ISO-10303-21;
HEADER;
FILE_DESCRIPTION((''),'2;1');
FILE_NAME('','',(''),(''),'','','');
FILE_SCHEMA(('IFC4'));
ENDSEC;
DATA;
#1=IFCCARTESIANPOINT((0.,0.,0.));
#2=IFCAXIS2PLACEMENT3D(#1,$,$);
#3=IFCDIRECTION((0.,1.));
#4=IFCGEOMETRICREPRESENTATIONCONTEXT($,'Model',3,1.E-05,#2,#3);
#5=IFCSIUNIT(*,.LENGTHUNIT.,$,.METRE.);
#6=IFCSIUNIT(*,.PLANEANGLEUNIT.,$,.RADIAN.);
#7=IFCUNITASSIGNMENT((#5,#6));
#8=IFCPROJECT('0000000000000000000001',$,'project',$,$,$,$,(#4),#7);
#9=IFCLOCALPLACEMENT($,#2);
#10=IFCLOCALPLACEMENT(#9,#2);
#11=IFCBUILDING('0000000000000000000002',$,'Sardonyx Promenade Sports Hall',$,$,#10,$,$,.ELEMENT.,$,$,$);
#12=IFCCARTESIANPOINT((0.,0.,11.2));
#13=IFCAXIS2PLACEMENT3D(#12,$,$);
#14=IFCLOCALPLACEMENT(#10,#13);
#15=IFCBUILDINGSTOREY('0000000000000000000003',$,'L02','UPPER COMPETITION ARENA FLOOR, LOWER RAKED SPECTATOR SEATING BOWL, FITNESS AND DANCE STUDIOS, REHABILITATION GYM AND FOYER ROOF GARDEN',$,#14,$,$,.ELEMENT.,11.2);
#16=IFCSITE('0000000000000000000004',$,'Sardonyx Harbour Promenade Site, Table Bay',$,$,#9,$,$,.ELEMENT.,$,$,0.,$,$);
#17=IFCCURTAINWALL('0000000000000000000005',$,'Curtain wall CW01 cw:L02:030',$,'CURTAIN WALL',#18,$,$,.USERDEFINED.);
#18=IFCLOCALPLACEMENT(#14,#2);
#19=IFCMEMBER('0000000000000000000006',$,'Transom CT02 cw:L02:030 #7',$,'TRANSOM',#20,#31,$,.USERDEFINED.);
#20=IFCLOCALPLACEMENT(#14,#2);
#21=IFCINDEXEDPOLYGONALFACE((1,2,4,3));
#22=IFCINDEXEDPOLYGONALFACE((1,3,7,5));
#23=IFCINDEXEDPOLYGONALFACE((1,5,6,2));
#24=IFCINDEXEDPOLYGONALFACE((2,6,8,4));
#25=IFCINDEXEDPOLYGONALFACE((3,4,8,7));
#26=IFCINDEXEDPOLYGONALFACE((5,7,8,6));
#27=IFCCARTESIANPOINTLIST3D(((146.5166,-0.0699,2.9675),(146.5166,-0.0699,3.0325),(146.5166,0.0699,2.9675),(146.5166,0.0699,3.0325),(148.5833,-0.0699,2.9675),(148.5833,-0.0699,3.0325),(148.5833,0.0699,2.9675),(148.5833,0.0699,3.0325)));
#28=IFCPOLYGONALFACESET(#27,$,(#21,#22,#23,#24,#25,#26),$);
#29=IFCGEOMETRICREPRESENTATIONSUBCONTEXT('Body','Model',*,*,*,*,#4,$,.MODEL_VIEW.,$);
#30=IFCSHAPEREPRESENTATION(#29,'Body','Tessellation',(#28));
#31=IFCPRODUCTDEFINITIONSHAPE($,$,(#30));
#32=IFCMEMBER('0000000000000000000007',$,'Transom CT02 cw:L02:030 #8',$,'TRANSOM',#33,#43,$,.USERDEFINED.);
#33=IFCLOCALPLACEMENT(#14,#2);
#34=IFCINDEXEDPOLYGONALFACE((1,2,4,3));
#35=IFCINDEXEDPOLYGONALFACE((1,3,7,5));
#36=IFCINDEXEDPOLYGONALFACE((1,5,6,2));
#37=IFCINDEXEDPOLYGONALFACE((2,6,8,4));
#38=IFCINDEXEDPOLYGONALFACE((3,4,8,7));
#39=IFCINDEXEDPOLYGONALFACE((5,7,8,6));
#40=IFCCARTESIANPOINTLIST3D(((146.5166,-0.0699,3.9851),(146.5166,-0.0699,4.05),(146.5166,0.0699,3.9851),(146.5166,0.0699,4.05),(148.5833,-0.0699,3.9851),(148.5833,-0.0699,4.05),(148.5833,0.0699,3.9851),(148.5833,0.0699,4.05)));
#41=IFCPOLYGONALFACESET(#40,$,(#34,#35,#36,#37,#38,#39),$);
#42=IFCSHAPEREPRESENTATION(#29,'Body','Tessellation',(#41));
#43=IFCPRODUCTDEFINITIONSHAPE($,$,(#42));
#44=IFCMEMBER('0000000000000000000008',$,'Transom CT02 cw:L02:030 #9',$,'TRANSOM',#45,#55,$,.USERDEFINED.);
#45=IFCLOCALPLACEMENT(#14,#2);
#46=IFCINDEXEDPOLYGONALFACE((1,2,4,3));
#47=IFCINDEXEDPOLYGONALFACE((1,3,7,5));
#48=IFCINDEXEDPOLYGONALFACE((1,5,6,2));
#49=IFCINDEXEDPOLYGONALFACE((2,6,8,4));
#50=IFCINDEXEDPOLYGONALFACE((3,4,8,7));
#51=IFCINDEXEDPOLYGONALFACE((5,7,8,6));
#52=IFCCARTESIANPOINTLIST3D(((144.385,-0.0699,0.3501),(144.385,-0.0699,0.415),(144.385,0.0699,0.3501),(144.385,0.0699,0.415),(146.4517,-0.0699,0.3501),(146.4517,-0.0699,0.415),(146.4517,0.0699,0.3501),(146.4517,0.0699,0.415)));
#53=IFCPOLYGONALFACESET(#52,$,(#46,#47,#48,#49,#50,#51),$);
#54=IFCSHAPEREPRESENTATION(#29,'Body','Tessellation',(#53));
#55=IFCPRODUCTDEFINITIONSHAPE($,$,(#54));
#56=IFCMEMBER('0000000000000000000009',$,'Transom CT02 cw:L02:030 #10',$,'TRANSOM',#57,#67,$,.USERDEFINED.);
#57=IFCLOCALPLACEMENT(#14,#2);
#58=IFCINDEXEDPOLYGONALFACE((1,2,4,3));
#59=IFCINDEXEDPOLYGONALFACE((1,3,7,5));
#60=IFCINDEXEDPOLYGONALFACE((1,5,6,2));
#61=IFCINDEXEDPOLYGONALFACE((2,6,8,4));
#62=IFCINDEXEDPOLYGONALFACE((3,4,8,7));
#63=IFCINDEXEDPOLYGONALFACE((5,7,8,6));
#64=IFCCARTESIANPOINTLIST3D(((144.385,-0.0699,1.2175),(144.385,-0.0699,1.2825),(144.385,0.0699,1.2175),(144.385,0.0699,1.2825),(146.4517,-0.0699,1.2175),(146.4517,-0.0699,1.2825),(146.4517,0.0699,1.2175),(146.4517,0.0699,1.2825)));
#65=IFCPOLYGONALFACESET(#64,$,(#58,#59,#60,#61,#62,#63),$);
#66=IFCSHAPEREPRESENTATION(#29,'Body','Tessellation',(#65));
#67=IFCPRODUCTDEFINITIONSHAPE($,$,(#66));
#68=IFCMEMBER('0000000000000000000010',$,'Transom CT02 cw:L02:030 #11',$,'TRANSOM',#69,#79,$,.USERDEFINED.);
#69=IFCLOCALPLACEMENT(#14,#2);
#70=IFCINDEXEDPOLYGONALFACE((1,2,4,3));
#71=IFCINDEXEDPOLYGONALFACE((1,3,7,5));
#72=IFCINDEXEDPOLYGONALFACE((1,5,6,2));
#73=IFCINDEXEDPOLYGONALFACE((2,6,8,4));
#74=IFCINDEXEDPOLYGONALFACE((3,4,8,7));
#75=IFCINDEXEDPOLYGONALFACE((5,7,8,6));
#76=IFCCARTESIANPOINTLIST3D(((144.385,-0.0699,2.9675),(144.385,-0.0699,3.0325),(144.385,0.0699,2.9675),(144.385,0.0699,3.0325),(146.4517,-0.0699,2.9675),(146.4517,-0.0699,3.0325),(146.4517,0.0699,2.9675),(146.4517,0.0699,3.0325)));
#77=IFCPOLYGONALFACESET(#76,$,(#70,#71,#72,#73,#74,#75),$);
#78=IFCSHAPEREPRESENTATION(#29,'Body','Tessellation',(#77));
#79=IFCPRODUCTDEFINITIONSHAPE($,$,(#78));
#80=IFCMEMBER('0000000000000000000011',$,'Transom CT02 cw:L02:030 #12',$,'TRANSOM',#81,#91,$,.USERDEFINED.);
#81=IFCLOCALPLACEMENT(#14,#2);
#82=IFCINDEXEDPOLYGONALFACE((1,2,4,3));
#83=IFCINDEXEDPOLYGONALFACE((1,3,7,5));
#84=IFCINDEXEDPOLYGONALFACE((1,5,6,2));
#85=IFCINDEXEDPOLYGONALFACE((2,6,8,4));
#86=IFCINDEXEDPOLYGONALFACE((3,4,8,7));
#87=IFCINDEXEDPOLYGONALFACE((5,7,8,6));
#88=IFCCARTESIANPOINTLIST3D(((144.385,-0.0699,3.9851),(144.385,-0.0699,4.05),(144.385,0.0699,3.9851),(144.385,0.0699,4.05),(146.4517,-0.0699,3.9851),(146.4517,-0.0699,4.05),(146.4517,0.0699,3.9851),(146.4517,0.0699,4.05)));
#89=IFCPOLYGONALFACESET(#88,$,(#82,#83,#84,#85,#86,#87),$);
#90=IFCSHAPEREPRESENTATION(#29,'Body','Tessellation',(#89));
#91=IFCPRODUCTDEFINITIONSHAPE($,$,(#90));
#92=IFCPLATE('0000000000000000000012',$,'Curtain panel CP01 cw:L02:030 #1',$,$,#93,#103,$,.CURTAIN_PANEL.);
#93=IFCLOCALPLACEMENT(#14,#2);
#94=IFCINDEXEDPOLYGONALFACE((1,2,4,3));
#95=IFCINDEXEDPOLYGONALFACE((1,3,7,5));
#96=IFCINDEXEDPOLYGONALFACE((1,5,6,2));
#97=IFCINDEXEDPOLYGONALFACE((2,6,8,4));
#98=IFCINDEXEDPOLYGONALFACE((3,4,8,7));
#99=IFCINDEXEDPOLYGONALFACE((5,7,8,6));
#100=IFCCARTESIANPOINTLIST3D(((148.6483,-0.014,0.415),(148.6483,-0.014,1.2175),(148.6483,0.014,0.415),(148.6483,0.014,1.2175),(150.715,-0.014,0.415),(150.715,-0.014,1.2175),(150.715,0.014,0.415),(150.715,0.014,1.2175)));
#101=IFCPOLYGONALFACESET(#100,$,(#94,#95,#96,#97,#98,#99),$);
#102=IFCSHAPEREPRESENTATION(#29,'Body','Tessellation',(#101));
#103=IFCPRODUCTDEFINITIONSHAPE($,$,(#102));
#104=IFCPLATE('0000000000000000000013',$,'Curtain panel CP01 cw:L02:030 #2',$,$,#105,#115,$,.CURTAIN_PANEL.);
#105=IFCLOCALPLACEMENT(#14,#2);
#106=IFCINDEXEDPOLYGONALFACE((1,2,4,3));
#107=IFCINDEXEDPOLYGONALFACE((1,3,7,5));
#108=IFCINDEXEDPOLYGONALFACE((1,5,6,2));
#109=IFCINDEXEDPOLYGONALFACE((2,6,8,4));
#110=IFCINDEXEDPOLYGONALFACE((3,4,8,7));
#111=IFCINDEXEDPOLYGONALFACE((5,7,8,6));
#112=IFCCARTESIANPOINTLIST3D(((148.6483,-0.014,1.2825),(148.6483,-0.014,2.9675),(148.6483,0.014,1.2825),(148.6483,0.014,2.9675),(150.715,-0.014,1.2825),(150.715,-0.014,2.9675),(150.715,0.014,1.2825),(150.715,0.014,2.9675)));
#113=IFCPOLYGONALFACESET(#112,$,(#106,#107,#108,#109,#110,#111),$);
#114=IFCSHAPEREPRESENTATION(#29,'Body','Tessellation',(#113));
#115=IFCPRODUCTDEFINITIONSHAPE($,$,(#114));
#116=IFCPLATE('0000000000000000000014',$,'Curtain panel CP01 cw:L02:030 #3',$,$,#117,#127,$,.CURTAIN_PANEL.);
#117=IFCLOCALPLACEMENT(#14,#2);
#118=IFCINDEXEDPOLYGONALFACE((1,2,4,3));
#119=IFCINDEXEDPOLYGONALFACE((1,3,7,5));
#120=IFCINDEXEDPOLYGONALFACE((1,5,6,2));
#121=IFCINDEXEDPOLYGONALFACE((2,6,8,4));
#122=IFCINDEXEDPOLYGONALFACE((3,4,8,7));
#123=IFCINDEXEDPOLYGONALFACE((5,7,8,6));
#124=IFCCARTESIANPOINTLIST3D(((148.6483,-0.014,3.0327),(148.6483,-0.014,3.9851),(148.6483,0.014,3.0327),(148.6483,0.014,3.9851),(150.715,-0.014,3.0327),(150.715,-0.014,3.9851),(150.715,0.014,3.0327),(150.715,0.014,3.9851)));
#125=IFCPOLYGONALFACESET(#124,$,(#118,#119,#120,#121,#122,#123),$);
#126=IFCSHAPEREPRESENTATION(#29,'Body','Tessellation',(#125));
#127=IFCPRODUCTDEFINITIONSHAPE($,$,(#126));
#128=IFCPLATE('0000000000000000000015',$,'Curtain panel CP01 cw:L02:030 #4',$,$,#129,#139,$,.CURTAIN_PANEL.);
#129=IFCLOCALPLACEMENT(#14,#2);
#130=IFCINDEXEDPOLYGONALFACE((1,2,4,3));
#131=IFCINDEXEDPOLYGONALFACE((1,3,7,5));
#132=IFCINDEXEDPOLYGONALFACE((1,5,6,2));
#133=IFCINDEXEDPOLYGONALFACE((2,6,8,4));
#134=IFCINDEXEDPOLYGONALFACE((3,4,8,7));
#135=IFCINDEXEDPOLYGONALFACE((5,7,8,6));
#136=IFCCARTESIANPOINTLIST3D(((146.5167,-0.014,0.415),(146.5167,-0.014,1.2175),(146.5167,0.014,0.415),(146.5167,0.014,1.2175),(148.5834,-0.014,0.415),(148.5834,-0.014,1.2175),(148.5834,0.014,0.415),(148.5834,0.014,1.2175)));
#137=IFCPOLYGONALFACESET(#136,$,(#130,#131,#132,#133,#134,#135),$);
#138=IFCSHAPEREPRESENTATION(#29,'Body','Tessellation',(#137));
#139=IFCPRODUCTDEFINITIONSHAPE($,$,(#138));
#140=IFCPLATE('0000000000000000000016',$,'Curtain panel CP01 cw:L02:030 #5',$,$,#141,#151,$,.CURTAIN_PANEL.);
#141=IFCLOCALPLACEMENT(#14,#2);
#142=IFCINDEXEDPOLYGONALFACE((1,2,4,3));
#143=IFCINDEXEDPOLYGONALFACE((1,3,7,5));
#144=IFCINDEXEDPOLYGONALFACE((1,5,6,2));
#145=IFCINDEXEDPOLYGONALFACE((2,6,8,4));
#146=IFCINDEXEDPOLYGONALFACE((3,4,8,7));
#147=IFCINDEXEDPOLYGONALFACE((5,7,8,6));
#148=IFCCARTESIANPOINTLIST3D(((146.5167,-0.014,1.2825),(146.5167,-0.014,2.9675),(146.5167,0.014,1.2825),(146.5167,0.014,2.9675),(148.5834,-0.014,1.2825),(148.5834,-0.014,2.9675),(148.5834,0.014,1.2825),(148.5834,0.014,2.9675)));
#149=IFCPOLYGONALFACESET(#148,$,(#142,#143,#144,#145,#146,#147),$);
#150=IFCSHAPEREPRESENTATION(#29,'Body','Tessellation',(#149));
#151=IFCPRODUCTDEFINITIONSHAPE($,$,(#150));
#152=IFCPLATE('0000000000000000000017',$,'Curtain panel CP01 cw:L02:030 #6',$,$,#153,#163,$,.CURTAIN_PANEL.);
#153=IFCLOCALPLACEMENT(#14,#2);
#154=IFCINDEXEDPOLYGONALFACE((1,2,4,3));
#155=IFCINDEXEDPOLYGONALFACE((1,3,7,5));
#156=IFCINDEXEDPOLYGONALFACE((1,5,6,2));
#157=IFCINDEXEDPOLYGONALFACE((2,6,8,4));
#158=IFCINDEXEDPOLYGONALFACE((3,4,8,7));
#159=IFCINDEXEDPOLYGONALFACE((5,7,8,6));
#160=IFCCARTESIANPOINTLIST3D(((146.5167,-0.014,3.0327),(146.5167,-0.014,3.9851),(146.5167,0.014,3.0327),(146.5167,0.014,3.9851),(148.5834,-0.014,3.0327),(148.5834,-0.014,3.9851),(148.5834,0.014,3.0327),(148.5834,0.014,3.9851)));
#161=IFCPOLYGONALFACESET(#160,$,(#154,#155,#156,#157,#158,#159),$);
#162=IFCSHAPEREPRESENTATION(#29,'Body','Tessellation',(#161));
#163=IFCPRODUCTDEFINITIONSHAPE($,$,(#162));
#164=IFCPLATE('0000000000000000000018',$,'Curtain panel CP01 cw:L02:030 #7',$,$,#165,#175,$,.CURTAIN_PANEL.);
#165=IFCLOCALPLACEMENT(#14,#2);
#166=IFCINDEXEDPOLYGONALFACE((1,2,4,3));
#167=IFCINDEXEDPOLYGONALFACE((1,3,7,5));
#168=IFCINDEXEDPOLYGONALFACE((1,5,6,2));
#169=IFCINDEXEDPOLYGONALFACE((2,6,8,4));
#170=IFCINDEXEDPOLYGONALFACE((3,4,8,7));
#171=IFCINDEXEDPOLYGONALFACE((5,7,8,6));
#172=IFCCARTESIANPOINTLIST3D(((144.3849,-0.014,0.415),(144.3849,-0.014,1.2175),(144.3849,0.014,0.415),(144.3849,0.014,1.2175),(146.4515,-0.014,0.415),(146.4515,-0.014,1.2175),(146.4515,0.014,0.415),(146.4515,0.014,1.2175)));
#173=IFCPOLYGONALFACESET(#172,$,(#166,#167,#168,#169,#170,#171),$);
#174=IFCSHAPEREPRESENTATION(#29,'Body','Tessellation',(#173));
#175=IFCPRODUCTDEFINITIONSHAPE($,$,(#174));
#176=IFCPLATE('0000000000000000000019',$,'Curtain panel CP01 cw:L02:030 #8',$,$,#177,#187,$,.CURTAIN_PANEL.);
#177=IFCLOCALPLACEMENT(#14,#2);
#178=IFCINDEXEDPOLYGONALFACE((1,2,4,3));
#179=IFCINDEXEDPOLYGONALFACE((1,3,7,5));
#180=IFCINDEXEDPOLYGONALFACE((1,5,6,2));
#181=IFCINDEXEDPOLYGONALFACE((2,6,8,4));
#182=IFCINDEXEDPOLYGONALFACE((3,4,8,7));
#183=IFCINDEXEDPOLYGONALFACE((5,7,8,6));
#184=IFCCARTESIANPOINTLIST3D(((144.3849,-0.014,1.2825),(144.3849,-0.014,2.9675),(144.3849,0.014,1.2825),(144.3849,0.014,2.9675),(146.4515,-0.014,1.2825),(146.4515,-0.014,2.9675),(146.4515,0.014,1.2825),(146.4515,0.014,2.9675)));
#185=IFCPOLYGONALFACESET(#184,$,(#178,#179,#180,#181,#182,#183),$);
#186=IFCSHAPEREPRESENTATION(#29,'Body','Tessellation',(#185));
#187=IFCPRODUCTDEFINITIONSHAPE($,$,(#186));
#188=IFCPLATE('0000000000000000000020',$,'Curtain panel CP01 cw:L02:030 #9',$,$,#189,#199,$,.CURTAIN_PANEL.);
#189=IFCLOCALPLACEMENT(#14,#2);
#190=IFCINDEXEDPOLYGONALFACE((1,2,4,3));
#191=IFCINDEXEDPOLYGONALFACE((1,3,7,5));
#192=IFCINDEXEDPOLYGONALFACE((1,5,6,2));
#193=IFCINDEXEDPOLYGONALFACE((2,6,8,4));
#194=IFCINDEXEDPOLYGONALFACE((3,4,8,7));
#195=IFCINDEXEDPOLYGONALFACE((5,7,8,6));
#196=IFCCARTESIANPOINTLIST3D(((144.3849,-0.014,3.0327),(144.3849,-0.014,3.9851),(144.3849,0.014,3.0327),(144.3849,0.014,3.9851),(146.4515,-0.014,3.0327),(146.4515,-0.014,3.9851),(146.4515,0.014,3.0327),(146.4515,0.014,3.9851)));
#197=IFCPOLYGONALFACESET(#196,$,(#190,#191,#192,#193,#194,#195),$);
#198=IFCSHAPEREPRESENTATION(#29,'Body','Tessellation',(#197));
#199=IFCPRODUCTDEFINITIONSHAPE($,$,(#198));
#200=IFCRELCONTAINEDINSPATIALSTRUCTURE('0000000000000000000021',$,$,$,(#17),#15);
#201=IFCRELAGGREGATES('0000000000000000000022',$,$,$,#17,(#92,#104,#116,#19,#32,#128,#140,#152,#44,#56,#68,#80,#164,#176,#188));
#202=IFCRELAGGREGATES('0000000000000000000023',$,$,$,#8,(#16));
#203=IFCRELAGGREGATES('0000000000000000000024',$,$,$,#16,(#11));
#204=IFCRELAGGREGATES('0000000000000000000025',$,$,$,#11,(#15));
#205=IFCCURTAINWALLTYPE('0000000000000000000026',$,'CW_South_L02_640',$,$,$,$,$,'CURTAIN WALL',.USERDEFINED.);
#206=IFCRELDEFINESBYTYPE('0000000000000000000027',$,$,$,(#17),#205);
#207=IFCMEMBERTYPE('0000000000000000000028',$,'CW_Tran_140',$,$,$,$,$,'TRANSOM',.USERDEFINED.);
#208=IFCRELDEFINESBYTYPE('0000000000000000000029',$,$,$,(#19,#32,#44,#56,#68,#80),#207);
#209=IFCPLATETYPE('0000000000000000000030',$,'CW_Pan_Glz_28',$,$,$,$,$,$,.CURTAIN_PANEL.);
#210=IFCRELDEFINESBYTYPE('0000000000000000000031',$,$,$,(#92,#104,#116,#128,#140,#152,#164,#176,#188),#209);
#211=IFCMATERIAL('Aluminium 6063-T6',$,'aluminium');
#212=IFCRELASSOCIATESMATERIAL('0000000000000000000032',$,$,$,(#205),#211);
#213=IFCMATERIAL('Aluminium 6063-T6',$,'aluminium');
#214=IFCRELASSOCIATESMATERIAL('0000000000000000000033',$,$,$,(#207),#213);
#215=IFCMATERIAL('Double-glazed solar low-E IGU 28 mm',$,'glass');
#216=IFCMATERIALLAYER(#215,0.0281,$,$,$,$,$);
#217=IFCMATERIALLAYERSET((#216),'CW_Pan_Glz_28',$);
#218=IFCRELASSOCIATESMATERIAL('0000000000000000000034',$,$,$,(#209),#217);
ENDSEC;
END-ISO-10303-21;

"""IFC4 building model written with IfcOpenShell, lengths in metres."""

from ifc_helpers import new_model, si_unit, direction, frame, origin, origin_2d, place, context, subcontext, project, spatial, rectangle, extrude, material, layer, layer_set, material_profile, profile_set, type_object, element, aggregate, save


model = new_model("IFC4")

# Units and contexts
model_context = context("Model", 3, precision=1e-05, world=origin(), true_north=direction((0.0, 1.0)))
body_context = subcontext(model_context, "Body", "Model", "MODEL_VIEW")
ifc_project = project(units=[si_unit("LENGTHUNIT", "METRE"), si_unit("PLANEANGLEUNIT", "RADIAN")], contexts=[model_context])

# Site, building, storey
site_placement = place(None, origin())
site = spatial("IfcSite", under=ifc_project, at=site_placement, Name="Sardonyx Harbour Promenade Site, Table Bay", CompositionType="ELEMENT", RefElevation=0.0)
building_placement = place(site_placement, origin())
building = spatial("IfcBuilding", under=site, at=building_placement, Name="Sardonyx Promenade Sports Hall", CompositionType="ELEMENT")
storey_placement = place(building_placement, frame((0.0, 0.0, 11.2)))
storey = spatial("IfcBuildingStorey", under=building, at=storey_placement, Name="L02", Description="UPPER COMPETITION ARENA FLOOR, LOWER RAKED SPECTATOR SEATING BOWL, FITNESS AND DANCE STUDIOS, REHABILITATION GYM AND FOYER ROOF GARDEN", CompositionType="ELEMENT", Elevation=11.2)

# Curtain wall, members, plates
ifc_material_1 = material(Name="Aluminium 6063-T6", Category="aluminium")
curtain_wall_type = type_object("IfcCurtainWallType", Name="CW_South_L02_640", ElementType="CURTAIN WALL", PredefinedType="USERDEFINED", material=ifc_material_1)
curtain_wall_placement = place(storey_placement, origin())
curtain_wall = element("IfcCurtainWall", 1, at=curtain_wall_placement, inside=storey, type_object=curtain_wall_type, Name="Curtain wall CW01 cw:L02:030", ObjectType="CURTAIN WALL", PredefinedType="USERDEFINED")
ifc_material_2 = material(Name="Aluminium 6063-T6", Category="aluminium")
ifc_material_profile_1 = material_profile(ifc_material_2, rectangle(XDim=0.0649, YDim=0.1399, at=origin_2d()))
ifc_profile_set_1 = profile_set([ifc_material_profile_1], Name="Aluminium 6063-T6")
member_type_1 = type_object("IfcMemberType", Name="CW_Tran_140", ElementType="TRANSOM", PredefinedType="USERDEFINED", material=ifc_profile_set_1)
member_1_placement = place(storey_placement, frame((148.5833, 0.0, 3.0), z_axis=(-1.0, 0.0, 0.0), x_axis=(0.0, 0.0, 1.0)))
member_1 = element("IfcMember", 2, at=member_1_placement, type_object=member_type_1, Name="Transom CT02 cw:L02:030 #7", ObjectType="TRANSOM", PredefinedType="USERDEFINED", context=body_context, shape_type="SweptSolid", body=[
    extrude(rectangle(XDim=0.0649, YDim=0.1399, at=origin_2d()), origin(), (0.0, 0.0, 1.0), 2.0667),
])
member_2_placement = place(storey_placement, frame((148.5833, 0.0, 4.0176), z_axis=(-1.0, 0.0, 0.0), x_axis=(0.0, 0.0, 1.0)))
member_2 = element("IfcMember", 3, at=member_2_placement, type_object=member_type_1, Name="Transom CT02 cw:L02:030 #8", ObjectType="TRANSOM", PredefinedType="USERDEFINED", context=body_context, shape_type="SweptSolid", body=[
    extrude(rectangle(XDim=0.0649, YDim=0.1399, at=origin_2d()), origin(), (0.0, 0.0, 1.0), 2.0667),
])
member_3_placement = place(storey_placement, frame((146.4517, 0.0, 0.3826), z_axis=(-1.0, 0.0, 0.0), x_axis=(0.0, 0.0, 1.0)))
member_3 = element("IfcMember", 4, at=member_3_placement, type_object=member_type_1, Name="Transom CT02 cw:L02:030 #9", ObjectType="TRANSOM", PredefinedType="USERDEFINED", context=body_context, shape_type="SweptSolid", body=[
    extrude(rectangle(XDim=0.0649, YDim=0.1399, at=origin_2d()), origin(), (0.0, 0.0, 1.0), 2.0667),
])
member_4_placement = place(storey_placement, frame((146.4517, 0.0, 1.25), z_axis=(-1.0, 0.0, 0.0), x_axis=(0.0, 0.0, 1.0)))
member_4 = element("IfcMember", 5, at=member_4_placement, type_object=member_type_1, Name="Transom CT02 cw:L02:030 #10", ObjectType="TRANSOM", PredefinedType="USERDEFINED", context=body_context, shape_type="SweptSolid", body=[
    extrude(rectangle(XDim=0.0649, YDim=0.1399, at=origin_2d()), origin(), (0.0, 0.0, 1.0), 2.0667),
])
member_5_placement = place(storey_placement, frame((146.4517, 0.0, 3.0), z_axis=(-1.0, 0.0, 0.0), x_axis=(0.0, 0.0, 1.0)))
member_5 = element("IfcMember", 6, at=member_5_placement, type_object=member_type_1, Name="Transom CT02 cw:L02:030 #11", ObjectType="TRANSOM", PredefinedType="USERDEFINED", context=body_context, shape_type="SweptSolid", body=[
    extrude(rectangle(XDim=0.0649, YDim=0.1399, at=origin_2d()), origin(), (0.0, 0.0, 1.0), 2.0667),
])
member_6_placement = place(storey_placement, frame((146.4517, 0.0, 4.0176), z_axis=(-1.0, 0.0, 0.0), x_axis=(0.0, 0.0, 1.0)))
member_6 = element("IfcMember", 7, at=member_6_placement, type_object=member_type_1, Name="Transom CT02 cw:L02:030 #12", ObjectType="TRANSOM", PredefinedType="USERDEFINED", context=body_context, shape_type="SweptSolid", body=[
    extrude(rectangle(XDim=0.0649, YDim=0.1399, at=origin_2d()), origin(), (0.0, 0.0, 1.0), 2.0667),
])
ifc_material_3 = material(Name="Double-glazed solar low-E IGU 28 mm", Category="glass")
ifc_layer_1 = layer(ifc_material_3, 0.0281)
ifc_layer_set_1 = layer_set([ifc_layer_1], Name="CW_Pan_Glz_28")
plate_type = type_object("IfcPlateType", Name="CW_Pan_Glz_28", PredefinedType="CURTAIN_PANEL", material=ifc_layer_set_1)
plate_1_placement = place(storey_placement, frame((149.6816, 0.0, 0.415), z_axis=(0.0, 0.0, 1.0), x_axis=(-1.0, 0.0, 0.0)))
plate_1 = element("IfcPlate", 8, at=plate_1_placement, type_object=plate_type, Name="Curtain panel CP01 cw:L02:030 #1", PredefinedType="CURTAIN_PANEL", context=body_context, shape_type="SweptSolid", body=[
    extrude(rectangle(XDim=2.0667, YDim=0.0281, at=origin_2d()), origin(), (0.0, 0.0, 1.0), 0.8025),
])
plate_2_placement = place(storey_placement, frame((149.6816, 0.0, 1.2825), z_axis=(0.0, 0.0, 1.0), x_axis=(-1.0, 0.0, 0.0)))
plate_2 = element("IfcPlate", 9, at=plate_2_placement, type_object=plate_type, Name="Curtain panel CP01 cw:L02:030 #2", PredefinedType="CURTAIN_PANEL", context=body_context, shape_type="SweptSolid", body=[
    extrude(rectangle(XDim=2.0667, YDim=0.0281, at=origin_2d()), origin(), (0.0, 0.0, 1.0), 1.6851),
])
plate_3_placement = place(storey_placement, frame((149.6816, 0.0, 3.0327), z_axis=(0.0, 0.0, 1.0), x_axis=(-1.0, 0.0, 0.0)))
plate_3 = element("IfcPlate", 10, at=plate_3_placement, type_object=plate_type, Name="Curtain panel CP01 cw:L02:030 #3", PredefinedType="CURTAIN_PANEL", context=body_context, shape_type="SweptSolid", body=[
    extrude(rectangle(XDim=2.0667, YDim=0.0281, at=origin_2d()), origin(), (0.0, 0.0, 1.0), 0.9524),
])
plate_4_placement = place(storey_placement, frame((147.55, 0.0, 0.415), z_axis=(0.0, 0.0, 1.0), x_axis=(-1.0, 0.0, 0.0)))
plate_4 = element("IfcPlate", 11, at=plate_4_placement, type_object=plate_type, Name="Curtain panel CP01 cw:L02:030 #4", PredefinedType="CURTAIN_PANEL", context=body_context, shape_type="SweptSolid", body=[
    extrude(rectangle(XDim=2.0667, YDim=0.0281, at=origin_2d()), origin(), (0.0, 0.0, 1.0), 0.8025),
])
plate_5_placement = place(storey_placement, frame((147.55, 0.0, 1.2825), z_axis=(0.0, 0.0, 1.0), x_axis=(-1.0, 0.0, 0.0)))
plate_5 = element("IfcPlate", 12, at=plate_5_placement, type_object=plate_type, Name="Curtain panel CP01 cw:L02:030 #5", PredefinedType="CURTAIN_PANEL", context=body_context, shape_type="SweptSolid", body=[
    extrude(rectangle(XDim=2.0667, YDim=0.0281, at=origin_2d()), origin(), (0.0, 0.0, 1.0), 1.6851),
])
plate_6_placement = place(storey_placement, frame((147.55, 0.0, 3.0327), z_axis=(0.0, 0.0, 1.0), x_axis=(-1.0, 0.0, 0.0)))
plate_6 = element("IfcPlate", 13, at=plate_6_placement, type_object=plate_type, Name="Curtain panel CP01 cw:L02:030 #6", PredefinedType="CURTAIN_PANEL", context=body_context, shape_type="SweptSolid", body=[
    extrude(rectangle(XDim=2.0667, YDim=0.0281, at=origin_2d()), origin(), (0.0, 0.0, 1.0), 0.9524),
])
plate_7_placement = place(storey_placement, frame((145.4182, 0.0, 0.415), z_axis=(0.0, 0.0, 1.0), x_axis=(-1.0, 0.0, 0.0)))
plate_7 = element("IfcPlate", 14, at=plate_7_placement, type_object=plate_type, Name="Curtain panel CP01 cw:L02:030 #7", PredefinedType="CURTAIN_PANEL", context=body_context, shape_type="SweptSolid", body=[
    extrude(rectangle(XDim=2.0667, YDim=0.0281, at=origin_2d()), origin(), (0.0, 0.0, 1.0), 0.8025),
])
plate_8_placement = place(storey_placement, frame((145.4182, 0.0, 1.2825), z_axis=(0.0, 0.0, 1.0), x_axis=(-1.0, 0.0, 0.0)))
plate_8 = element("IfcPlate", 15, at=plate_8_placement, type_object=plate_type, Name="Curtain panel CP01 cw:L02:030 #8", PredefinedType="CURTAIN_PANEL", context=body_context, shape_type="SweptSolid", body=[
    extrude(rectangle(XDim=2.0667, YDim=0.0281, at=origin_2d()), origin(), (0.0, 0.0, 1.0), 1.6851),
])
plate_9_placement = place(storey_placement, frame((145.4182, 0.0, 3.0327), z_axis=(0.0, 0.0, 1.0), x_axis=(-1.0, 0.0, 0.0)))
plate_9 = element("IfcPlate", 16, at=plate_9_placement, type_object=plate_type, Name="Curtain panel CP01 cw:L02:030 #9", PredefinedType="CURTAIN_PANEL", context=body_context, shape_type="SweptSolid", body=[
    extrude(rectangle(XDim=2.0667, YDim=0.0281, at=origin_2d()), origin(), (0.0, 0.0, 1.0), 0.9524),
])
aggregate(curtain_wall, [plate_1, plate_2, plate_3, member_1, member_2, plate_4, plate_5, plate_6, member_3, member_4, member_5, member_6, plate_7, plate_8, plate_9])

save(model, "model.ifc")
